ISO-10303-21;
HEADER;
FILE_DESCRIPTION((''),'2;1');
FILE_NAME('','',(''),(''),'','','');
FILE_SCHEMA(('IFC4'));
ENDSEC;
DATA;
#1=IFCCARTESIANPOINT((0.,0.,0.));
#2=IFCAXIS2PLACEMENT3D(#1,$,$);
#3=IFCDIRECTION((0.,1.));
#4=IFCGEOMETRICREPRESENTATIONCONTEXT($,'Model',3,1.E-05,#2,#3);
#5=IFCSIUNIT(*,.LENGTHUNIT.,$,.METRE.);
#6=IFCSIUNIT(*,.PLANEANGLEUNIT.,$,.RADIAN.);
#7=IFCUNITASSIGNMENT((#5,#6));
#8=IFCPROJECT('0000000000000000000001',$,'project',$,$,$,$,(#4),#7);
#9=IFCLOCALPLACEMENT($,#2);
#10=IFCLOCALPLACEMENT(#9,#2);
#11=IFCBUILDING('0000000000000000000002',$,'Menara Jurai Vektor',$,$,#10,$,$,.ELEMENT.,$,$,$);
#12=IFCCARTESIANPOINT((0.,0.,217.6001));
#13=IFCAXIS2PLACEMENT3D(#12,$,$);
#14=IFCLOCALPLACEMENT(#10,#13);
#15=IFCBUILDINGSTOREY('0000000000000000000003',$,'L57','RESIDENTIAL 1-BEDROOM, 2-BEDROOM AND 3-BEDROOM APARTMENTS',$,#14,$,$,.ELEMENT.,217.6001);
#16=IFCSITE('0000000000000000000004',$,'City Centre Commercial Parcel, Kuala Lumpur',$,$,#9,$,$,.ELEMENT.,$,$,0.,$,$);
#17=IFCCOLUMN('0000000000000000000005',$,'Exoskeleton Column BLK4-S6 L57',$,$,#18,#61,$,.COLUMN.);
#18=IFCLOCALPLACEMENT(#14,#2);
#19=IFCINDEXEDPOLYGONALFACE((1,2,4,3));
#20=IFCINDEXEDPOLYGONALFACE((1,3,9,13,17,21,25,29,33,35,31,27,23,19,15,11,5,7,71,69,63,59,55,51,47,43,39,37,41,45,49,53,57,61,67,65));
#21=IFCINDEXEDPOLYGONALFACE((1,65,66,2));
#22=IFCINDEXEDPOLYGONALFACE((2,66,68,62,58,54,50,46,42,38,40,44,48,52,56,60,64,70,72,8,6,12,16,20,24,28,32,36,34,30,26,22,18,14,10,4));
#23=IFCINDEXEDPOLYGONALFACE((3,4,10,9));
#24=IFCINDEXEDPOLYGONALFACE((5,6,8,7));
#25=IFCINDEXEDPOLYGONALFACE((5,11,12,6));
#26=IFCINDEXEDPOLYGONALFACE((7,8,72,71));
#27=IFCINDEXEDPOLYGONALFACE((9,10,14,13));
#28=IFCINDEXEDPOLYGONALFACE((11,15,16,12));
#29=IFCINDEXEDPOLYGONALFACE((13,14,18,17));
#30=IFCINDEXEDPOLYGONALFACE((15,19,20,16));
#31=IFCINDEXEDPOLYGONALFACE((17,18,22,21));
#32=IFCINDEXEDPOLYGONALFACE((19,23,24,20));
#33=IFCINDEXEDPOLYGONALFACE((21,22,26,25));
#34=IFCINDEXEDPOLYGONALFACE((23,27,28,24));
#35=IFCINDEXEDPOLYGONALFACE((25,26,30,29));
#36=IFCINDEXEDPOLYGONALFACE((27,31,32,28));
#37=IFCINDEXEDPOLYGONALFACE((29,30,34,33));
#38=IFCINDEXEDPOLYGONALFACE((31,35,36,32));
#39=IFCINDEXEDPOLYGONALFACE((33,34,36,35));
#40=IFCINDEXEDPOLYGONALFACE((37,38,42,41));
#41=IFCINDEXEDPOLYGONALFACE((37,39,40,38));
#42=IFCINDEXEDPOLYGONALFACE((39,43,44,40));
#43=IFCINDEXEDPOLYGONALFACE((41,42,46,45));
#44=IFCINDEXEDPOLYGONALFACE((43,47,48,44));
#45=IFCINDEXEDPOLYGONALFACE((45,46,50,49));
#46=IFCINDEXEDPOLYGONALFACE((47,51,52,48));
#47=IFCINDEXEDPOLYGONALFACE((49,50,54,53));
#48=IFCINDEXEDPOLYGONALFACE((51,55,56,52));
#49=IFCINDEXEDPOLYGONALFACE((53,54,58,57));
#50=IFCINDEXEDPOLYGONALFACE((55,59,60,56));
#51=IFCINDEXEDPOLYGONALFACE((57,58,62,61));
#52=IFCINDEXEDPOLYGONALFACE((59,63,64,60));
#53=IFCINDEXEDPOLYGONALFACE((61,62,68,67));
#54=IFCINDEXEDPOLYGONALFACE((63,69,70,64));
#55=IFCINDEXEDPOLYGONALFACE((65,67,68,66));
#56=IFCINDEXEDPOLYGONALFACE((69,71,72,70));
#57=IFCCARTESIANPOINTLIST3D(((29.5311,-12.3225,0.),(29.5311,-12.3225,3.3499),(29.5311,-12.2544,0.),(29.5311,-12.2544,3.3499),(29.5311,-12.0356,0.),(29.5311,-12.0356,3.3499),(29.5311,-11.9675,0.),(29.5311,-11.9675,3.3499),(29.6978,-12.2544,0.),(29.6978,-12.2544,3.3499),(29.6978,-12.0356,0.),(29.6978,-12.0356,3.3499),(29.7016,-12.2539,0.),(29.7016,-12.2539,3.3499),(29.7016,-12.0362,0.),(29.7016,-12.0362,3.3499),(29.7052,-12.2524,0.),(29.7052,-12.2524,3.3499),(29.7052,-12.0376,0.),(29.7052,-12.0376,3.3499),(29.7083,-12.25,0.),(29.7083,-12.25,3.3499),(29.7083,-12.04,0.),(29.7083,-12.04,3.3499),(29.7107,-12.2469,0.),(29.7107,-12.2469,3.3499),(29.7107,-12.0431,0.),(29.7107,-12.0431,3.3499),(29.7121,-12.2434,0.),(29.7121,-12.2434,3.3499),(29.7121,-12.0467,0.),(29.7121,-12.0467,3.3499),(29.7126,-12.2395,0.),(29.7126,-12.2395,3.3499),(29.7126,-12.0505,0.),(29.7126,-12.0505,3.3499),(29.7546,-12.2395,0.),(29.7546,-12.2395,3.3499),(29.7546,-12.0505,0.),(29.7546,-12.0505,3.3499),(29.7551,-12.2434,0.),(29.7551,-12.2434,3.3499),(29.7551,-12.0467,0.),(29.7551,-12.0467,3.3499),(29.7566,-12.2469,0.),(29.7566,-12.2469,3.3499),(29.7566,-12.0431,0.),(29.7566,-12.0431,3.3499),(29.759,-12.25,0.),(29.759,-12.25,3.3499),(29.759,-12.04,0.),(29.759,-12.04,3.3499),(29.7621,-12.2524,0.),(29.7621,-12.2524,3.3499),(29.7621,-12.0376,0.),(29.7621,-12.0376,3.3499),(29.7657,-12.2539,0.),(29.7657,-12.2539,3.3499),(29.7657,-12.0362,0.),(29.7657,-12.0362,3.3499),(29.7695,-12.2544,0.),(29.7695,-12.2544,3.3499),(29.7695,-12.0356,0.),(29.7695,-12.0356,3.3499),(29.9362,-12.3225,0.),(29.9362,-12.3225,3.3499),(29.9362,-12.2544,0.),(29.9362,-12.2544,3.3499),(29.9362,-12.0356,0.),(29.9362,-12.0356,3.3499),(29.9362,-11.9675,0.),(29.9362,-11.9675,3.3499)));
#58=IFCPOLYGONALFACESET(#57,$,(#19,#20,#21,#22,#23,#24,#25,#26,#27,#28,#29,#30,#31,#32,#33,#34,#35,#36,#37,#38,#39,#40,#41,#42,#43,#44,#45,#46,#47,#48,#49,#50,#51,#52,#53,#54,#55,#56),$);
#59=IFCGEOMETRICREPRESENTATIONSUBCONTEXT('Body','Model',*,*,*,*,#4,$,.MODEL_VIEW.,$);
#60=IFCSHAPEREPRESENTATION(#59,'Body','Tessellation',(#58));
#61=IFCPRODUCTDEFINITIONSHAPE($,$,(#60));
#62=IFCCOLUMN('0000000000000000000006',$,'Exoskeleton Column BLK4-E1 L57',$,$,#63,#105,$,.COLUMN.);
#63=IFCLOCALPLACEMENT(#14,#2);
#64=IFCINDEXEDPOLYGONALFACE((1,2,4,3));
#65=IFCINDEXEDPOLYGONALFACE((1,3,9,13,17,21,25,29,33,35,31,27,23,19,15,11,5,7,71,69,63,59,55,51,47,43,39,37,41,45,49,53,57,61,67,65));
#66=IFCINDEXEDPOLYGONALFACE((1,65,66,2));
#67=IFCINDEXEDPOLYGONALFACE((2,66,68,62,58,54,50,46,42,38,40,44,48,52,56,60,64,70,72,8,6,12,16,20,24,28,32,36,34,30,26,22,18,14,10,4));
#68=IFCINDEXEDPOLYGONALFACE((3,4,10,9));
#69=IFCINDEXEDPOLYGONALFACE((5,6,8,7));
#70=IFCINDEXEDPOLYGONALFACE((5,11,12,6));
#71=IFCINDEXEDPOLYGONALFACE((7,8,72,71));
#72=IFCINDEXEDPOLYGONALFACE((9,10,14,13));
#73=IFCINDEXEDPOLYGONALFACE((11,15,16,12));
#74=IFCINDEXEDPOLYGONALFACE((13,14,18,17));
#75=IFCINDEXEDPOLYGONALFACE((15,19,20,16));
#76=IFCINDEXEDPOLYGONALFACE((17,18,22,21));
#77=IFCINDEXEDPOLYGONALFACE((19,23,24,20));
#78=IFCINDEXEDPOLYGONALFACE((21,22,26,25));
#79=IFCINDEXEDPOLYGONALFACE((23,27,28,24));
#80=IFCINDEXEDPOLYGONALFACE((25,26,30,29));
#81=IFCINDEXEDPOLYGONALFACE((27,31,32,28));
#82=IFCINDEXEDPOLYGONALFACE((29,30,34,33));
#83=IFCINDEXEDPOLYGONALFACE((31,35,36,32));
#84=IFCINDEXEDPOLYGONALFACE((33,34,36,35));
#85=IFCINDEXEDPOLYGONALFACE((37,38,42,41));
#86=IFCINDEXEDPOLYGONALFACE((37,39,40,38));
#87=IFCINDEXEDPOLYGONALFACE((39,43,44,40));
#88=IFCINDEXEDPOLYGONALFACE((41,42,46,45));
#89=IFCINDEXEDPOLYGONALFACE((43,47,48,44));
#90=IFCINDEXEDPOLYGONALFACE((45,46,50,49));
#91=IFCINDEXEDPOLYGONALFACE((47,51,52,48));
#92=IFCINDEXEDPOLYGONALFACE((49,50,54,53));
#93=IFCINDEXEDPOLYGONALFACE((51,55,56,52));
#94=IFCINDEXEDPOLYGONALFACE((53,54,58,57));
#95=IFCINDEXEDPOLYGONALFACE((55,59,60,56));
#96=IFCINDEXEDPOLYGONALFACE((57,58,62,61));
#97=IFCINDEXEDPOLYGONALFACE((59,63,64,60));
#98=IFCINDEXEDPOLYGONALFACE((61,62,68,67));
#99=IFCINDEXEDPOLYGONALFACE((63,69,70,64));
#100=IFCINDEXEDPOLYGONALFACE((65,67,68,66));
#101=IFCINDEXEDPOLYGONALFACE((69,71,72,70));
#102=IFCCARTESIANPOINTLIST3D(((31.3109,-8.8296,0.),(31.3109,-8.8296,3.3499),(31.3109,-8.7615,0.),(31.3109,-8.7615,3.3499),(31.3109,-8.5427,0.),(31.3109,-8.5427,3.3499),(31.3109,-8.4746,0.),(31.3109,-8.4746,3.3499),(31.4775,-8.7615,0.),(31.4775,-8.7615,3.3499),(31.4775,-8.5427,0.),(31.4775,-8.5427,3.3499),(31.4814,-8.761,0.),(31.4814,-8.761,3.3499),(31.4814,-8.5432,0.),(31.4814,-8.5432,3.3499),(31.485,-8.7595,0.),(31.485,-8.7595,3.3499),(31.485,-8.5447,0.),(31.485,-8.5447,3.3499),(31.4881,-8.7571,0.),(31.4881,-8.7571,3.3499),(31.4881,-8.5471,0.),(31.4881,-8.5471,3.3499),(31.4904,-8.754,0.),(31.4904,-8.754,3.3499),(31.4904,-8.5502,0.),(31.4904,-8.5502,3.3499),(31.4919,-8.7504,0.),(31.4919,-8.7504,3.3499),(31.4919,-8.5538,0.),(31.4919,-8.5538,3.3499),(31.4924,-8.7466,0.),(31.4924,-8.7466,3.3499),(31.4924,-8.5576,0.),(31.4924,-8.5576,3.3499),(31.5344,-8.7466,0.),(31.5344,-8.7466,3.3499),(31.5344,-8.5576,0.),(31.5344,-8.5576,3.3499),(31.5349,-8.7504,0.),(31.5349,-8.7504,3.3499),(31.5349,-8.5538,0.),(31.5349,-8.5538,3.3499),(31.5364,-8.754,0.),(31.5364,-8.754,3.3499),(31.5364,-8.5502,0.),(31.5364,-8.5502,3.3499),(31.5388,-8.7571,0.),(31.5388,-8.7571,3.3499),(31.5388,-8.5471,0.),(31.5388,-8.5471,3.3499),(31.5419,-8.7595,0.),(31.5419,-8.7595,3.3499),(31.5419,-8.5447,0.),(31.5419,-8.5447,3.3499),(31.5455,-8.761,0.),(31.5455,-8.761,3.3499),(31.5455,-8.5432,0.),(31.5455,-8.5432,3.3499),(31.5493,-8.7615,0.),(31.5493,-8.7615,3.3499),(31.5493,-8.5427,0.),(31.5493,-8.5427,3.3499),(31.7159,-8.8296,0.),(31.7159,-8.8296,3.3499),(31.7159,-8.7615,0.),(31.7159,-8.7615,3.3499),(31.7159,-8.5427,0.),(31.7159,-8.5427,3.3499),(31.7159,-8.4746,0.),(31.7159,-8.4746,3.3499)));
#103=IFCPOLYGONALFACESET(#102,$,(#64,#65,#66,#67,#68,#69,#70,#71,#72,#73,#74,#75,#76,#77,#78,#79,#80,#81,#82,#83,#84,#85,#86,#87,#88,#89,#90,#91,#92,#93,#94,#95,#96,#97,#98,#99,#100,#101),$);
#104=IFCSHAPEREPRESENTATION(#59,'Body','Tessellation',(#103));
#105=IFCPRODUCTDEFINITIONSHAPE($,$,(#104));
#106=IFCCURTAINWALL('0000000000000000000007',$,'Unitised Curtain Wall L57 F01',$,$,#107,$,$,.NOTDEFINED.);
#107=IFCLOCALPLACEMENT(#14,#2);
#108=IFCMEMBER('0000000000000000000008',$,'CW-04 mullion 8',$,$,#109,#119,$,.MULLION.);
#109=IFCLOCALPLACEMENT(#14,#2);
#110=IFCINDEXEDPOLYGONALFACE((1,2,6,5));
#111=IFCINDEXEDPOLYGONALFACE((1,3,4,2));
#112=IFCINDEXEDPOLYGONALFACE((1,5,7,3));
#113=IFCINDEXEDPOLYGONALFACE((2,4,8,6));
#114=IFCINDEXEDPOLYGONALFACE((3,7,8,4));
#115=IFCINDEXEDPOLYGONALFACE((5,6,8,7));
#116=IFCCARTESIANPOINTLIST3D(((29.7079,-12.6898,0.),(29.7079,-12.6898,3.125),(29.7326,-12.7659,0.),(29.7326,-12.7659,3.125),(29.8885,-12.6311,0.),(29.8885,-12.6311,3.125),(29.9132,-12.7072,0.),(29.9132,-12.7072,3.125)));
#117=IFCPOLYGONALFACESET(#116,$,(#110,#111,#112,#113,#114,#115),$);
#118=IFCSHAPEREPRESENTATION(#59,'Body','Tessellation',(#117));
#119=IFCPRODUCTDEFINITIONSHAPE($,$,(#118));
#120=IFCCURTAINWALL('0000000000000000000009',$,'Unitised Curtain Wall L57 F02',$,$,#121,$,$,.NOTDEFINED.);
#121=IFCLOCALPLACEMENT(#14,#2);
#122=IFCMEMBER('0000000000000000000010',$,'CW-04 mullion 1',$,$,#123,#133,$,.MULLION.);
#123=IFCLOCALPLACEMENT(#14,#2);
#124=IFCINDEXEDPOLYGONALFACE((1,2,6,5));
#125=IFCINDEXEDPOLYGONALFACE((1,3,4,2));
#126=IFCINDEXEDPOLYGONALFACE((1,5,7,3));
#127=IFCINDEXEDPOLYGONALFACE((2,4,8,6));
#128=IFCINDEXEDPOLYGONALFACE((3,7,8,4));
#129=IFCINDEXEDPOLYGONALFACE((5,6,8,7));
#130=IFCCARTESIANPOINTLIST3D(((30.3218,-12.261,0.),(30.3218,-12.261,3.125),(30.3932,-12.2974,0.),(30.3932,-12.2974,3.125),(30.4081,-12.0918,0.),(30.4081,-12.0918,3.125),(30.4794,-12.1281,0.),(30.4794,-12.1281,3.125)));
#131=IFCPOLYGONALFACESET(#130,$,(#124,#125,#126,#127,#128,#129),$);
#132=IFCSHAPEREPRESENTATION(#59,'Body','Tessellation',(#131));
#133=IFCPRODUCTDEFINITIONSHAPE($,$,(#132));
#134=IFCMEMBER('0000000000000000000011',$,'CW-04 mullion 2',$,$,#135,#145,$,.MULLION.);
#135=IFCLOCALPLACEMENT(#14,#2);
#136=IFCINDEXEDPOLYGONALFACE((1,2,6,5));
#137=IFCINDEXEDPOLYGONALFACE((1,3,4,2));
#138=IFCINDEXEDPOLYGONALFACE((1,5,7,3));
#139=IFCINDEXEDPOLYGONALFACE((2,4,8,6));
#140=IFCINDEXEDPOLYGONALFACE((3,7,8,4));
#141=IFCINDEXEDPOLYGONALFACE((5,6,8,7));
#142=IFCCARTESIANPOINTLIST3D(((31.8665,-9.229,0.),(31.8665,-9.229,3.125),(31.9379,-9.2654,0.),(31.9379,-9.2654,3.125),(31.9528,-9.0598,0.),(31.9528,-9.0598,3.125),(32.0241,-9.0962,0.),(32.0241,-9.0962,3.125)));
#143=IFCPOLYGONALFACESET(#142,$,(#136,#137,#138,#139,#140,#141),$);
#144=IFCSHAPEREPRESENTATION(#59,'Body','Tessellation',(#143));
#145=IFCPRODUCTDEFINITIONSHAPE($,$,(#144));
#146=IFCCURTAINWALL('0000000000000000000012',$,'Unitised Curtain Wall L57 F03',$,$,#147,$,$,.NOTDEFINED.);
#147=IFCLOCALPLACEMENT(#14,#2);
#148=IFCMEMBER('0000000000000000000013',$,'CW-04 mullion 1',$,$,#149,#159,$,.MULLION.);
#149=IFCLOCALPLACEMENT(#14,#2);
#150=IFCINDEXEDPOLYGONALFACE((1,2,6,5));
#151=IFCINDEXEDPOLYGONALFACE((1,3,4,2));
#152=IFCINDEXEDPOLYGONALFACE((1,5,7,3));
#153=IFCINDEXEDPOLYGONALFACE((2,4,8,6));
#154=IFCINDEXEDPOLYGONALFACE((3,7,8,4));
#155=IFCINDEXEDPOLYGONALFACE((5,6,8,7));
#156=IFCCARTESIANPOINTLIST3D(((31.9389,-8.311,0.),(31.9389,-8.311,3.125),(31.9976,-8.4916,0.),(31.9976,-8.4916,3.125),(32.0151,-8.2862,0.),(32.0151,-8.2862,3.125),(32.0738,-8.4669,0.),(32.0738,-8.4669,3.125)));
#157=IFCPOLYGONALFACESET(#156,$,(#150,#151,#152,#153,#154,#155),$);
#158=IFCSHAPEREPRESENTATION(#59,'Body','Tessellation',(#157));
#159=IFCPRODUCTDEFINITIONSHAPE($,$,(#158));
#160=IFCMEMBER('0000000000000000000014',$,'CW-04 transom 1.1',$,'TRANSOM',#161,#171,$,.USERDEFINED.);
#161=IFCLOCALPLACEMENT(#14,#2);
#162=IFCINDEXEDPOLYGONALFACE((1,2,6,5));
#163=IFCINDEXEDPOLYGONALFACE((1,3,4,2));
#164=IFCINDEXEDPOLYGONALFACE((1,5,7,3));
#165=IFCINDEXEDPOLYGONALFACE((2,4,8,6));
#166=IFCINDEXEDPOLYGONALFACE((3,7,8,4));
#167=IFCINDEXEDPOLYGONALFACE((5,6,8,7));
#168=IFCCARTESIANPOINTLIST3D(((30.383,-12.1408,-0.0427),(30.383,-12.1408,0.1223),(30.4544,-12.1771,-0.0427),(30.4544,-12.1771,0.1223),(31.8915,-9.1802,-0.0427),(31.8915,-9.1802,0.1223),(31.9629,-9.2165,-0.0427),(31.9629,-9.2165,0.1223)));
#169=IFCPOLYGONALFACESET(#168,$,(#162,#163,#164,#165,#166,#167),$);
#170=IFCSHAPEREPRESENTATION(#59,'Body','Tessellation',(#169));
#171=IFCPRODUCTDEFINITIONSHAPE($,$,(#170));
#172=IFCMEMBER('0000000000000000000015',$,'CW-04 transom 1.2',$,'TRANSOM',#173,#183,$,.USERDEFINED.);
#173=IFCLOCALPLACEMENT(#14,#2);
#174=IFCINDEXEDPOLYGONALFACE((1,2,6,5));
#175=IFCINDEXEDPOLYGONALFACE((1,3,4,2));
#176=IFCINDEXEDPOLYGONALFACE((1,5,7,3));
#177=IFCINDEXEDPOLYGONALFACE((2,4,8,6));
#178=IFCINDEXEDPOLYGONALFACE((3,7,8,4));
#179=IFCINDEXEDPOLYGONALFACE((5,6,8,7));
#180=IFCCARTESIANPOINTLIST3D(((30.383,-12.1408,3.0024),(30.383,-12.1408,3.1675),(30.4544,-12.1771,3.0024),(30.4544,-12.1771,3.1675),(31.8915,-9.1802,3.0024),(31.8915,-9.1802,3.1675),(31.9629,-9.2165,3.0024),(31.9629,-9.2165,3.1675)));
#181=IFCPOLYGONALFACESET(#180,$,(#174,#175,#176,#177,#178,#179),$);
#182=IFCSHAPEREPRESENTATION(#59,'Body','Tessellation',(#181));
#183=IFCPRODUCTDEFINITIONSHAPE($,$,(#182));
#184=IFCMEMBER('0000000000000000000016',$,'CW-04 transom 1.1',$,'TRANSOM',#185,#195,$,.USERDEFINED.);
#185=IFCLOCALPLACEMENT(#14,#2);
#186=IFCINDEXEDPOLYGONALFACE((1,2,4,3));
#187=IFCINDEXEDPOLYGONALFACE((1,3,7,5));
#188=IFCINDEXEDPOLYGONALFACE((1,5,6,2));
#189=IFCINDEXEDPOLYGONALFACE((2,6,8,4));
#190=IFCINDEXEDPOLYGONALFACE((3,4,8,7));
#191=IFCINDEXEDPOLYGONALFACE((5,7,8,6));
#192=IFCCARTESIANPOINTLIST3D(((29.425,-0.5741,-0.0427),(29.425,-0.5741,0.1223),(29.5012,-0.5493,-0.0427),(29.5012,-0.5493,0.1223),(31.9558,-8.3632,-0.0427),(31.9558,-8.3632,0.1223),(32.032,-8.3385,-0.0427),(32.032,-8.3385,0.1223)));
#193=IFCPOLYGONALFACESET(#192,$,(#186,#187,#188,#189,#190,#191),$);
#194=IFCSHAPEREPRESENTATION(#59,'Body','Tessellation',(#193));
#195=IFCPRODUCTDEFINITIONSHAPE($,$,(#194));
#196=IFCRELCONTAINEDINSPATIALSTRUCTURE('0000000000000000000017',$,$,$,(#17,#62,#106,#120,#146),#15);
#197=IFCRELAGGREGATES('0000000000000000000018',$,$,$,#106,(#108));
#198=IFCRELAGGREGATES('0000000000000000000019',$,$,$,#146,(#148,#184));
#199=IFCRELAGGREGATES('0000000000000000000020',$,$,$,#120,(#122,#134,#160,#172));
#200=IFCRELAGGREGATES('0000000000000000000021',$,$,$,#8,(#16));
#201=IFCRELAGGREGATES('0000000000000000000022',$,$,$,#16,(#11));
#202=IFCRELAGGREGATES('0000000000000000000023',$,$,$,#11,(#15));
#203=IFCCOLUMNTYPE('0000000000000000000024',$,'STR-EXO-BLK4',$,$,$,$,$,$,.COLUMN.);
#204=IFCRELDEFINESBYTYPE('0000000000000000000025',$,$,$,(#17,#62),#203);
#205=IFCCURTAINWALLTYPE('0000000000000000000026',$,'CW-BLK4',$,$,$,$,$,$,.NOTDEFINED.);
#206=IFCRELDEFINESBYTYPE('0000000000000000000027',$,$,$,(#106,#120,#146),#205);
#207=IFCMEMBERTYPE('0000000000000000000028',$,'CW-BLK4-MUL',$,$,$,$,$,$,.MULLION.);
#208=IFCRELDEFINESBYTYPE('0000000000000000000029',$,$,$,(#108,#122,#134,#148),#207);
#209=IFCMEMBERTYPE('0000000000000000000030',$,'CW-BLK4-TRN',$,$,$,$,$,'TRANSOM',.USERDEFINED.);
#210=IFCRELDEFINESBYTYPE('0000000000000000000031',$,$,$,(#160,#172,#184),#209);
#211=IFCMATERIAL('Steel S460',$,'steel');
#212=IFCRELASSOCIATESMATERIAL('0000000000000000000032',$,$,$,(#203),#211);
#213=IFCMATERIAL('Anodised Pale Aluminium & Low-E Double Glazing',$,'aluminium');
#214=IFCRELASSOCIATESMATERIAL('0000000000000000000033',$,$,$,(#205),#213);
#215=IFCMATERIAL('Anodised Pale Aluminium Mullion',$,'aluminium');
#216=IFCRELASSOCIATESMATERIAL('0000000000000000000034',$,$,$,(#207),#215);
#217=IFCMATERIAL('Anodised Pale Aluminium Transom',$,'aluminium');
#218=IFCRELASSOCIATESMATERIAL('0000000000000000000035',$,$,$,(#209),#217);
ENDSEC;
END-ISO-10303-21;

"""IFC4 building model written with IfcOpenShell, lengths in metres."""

from ifc_helpers import new_model, si_unit, direction, frame, origin, origin_2d, place, context, subcontext, project, spatial, rectangle, i_section, extrude, material, material_profile, profile_set, type_object, element, aggregate, save


model = new_model("IFC4")

# Units and contexts
model_context = context("Model", 3, precision=1e-05, world=origin(), true_north=direction((0.0, 1.0)))
body_context = subcontext(model_context, "Body", "Model", "MODEL_VIEW")
ifc_project = project(units=[si_unit("LENGTHUNIT", "METRE"), si_unit("PLANEANGLEUNIT", "RADIAN")], contexts=[model_context])

# Site, building, storey
site_placement = place(None, origin())
site = spatial("IfcSite", under=ifc_project, at=site_placement, Name="City Centre Commercial Parcel, Kuala Lumpur", CompositionType="ELEMENT", RefElevation=0.0)
building_placement = place(site_placement, origin())
building = spatial("IfcBuilding", under=site, at=building_placement, Name="Menara Jurai Vektor", CompositionType="ELEMENT")
storey_placement = place(building_placement, frame((0.0, 0.0, 217.6001)))
storey = spatial("IfcBuildingStorey", under=building, at=storey_placement, Name="L57", Description="RESIDENTIAL 1-BEDROOM, 2-BEDROOM AND 3-BEDROOM APARTMENTS", CompositionType="ELEMENT", Elevation=217.6001)

# Columns
ifc_material_1 = material(Name="Steel S460", Category="steel")
ifc_material_profile_1 = material_profile(ifc_material_1, i_section(OverallWidth=0.405, OverallDepth=0.355, WebThickness=0.042, FlangeThickness=0.0681, FilletRadius=0.0149, at=origin_2d()), Name="HD 400x551")
ifc_profile_set_1 = profile_set([ifc_material_profile_1], Name="Steel S460")
column_type = type_object("IfcColumnType", Name="STR-EXO-BLK4", PredefinedType="COLUMN", material=ifc_profile_set_1)
for number, where, z_axis, x_axis, name in (
    (1, (29.7336, -12.145, 0.0), (0.0, 0.0, 1.0), (1.0, 0.0, 0.0), "Exoskeleton Column BLK4-S6 L57"),
    (2, (31.5134, -8.6521, 0.0), (0.0, 0.0, 1.0), (1.0, 0.0, 0.0), "Exoskeleton Column BLK4-E1 L57"),
):
    element("IfcColumn", number, at=place(storey_placement, frame(where, z_axis=z_axis, x_axis=x_axis)), inside=storey, type_object=column_type, Name=name, PredefinedType="COLUMN", context=body_context, shape_type="SweptSolid", body=[
        extrude(i_section(OverallWidth=0.405, OverallDepth=0.355, WebThickness=0.042, FlangeThickness=0.0681, FilletRadius=0.0149, at=origin_2d()), origin(), (0.0, 0.0, 1.0), 3.3499),
    ])

# Curtain wall, member
ifc_material_2 = material(Name="Anodised Pale Aluminium & Low-E Double Glazing", Category="aluminium")
curtain_wall_type = type_object("IfcCurtainWallType", Name="CW-BLK4", PredefinedType="NOTDEFINED", material=ifc_material_2)
curtain_wall_1_placement = place(storey_placement, origin())
curtain_wall_1 = element("IfcCurtainWall", 3, at=curtain_wall_1_placement, inside=storey, type_object=curtain_wall_type, Name="Unitised Curtain Wall L57 F01", PredefinedType="NOTDEFINED")
ifc_material_3 = material(Name="Anodised Pale Aluminium Mullion", Category="aluminium")
ifc_material_profile_2 = material_profile(ifc_material_3, rectangle(XDim=0.0801, YDim=0.1899, at=origin_2d()), Name="ALU MUL 80x190")
ifc_profile_set_2 = profile_set([ifc_material_profile_2], Name="Anodised Pale Aluminium Mullion")
member_type_1 = type_object("IfcMemberType", Name="CW-BLK4-MUL", PredefinedType="MULLION", material=ifc_profile_set_2)
member_1_placement = place(storey_placement, frame((29.8105, -12.6985, 0.0), z_axis=(0.0, 0.0, 1.0), x_axis=(-0.309017, 0.951056, 0.0)))
member_1 = element("IfcMember", 4, at=member_1_placement, type_object=member_type_1, Name="CW-04 mullion 8", PredefinedType="MULLION", context=body_context, shape_type="SweptSolid", body=[
    extrude(rectangle(XDim=0.0801, YDim=0.1899, at=origin_2d()), origin(), (0.0, 0.0, 1.0), 3.125),
])

# Curtain wall, members
curtain_wall_2_placement = place(storey_placement, origin())
curtain_wall_2 = element("IfcCurtainWall", 5, at=curtain_wall_2_placement, inside=storey, type_object=curtain_wall_type, Name="Unitised Curtain Wall L57 F02", PredefinedType="NOTDEFINED")
member_2_placement = place(storey_placement, frame((30.4006, -12.1946, 0.0), z_axis=(0.0, 0.0, 1.0), x_axis=(-0.891008, 0.453989, 0.0)))
member_2 = element("IfcMember", 6, at=member_2_placement, type_object=member_type_1, Name="CW-04 mullion 1", PredefinedType="MULLION", context=body_context, shape_type="SweptSolid", body=[
    extrude(rectangle(XDim=0.0801, YDim=0.1899, at=origin_2d()), origin(), (0.0, 0.0, 1.0), 3.125),
])
member_3_placement = place(storey_placement, frame((31.9453, -9.1626, 0.0), z_axis=(0.0, 0.0, 1.0), x_axis=(-0.891008, 0.453989, 0.0)))
member_3 = element("IfcMember", 7, at=member_3_placement, type_object=member_type_1, Name="CW-04 mullion 2", PredefinedType="MULLION", context=body_context, shape_type="SweptSolid", body=[
    extrude(rectangle(XDim=0.0801, YDim=0.1899, at=origin_2d()), origin(), (0.0, 0.0, 1.0), 3.125),
])

# Curtain wall, member
curtain_wall_3_placement = place(storey_placement, origin())
curtain_wall_3 = element("IfcCurtainWall", 8, at=curtain_wall_3_placement, inside=storey, type_object=curtain_wall_type, Name="Unitised Curtain Wall L57 F03", PredefinedType="NOTDEFINED")
member_4_placement = place(storey_placement, frame((32.0063, -8.3889, 0.0), z_axis=(0.0, 0.0, 1.0), x_axis=(-0.951057, -0.309016, 0.0)))
member_4 = element("IfcMember", 9, at=member_4_placement, type_object=member_type_1, Name="CW-04 mullion 1", PredefinedType="MULLION", context=body_context, shape_type="SweptSolid", body=[
    extrude(rectangle(XDim=0.0801, YDim=0.1899, at=origin_2d()), origin(), (0.0, 0.0, 1.0), 3.125),
])

# Members
ifc_material_4 = material(Name="Anodised Pale Aluminium Transom", Category="aluminium")
ifc_material_profile_3 = material_profile(ifc_material_4, rectangle(XDim=0.0801, YDim=0.165, at=origin_2d()), Name="ALU TRN 80x165")
ifc_profile_set_3 = profile_set([ifc_material_profile_3], Name="Anodised Pale Aluminium Transom")
member_type_2 = type_object("IfcMemberType", Name="CW-BLK4-TRN", ElementType="TRANSOM", PredefinedType="USERDEFINED", material=ifc_profile_set_3)
member_5_placement = place(storey_placement, frame((30.4187, -12.1589, 0.0398), z_axis=(0.45399, 0.891007, 0.0), x_axis=(-0.891007, 0.45399, 0.0)))
member_5 = element("IfcMember", 10, at=member_5_placement, type_object=member_type_2, Name="CW-04 transom 1.1", ObjectType="TRANSOM", PredefinedType="USERDEFINED", context=body_context, shape_type="SweptSolid", body=[
    extrude(rectangle(XDim=0.0801, YDim=0.165, at=origin_2d()), origin(), (0.0, 0.0, 1.0), 3.3228),
])
member_6_placement = place(storey_placement, frame((30.4187, -12.1589, 3.085), z_axis=(0.45399, 0.891007, 0.0), x_axis=(-0.891007, 0.45399, 0.0)))
member_6 = element("IfcMember", 11, at=member_6_placement, type_object=member_type_2, Name="CW-04 transom 1.2", ObjectType="TRANSOM", PredefinedType="USERDEFINED", context=body_context, shape_type="SweptSolid", body=[
    extrude(rectangle(XDim=0.0801, YDim=0.165, at=origin_2d()), origin(), (0.0, 0.0, 1.0), 3.3228),
])
member_7_placement = place(storey_placement, frame((31.9939, -8.3508, 0.0398), z_axis=(-0.309011, 0.951059, 0.0), x_axis=(-0.951059, -0.309011, 0.0)))
member_7 = element("IfcMember", 12, at=member_7_placement, type_object=member_type_2, Name="CW-04 transom 1.1", ObjectType="TRANSOM", PredefinedType="USERDEFINED", context=body_context, shape_type="SweptSolid", body=[
    extrude(rectangle(XDim=0.0801, YDim=0.165, at=origin_2d()), origin(), (0.0, 0.0, 1.0), 8.1899),
])

aggregate(curtain_wall_1, [member_1])
aggregate(curtain_wall_3, [member_4, member_7])
aggregate(curtain_wall_2, [member_2, member_3, member_5, member_6])

save(model, "model.ifc")
